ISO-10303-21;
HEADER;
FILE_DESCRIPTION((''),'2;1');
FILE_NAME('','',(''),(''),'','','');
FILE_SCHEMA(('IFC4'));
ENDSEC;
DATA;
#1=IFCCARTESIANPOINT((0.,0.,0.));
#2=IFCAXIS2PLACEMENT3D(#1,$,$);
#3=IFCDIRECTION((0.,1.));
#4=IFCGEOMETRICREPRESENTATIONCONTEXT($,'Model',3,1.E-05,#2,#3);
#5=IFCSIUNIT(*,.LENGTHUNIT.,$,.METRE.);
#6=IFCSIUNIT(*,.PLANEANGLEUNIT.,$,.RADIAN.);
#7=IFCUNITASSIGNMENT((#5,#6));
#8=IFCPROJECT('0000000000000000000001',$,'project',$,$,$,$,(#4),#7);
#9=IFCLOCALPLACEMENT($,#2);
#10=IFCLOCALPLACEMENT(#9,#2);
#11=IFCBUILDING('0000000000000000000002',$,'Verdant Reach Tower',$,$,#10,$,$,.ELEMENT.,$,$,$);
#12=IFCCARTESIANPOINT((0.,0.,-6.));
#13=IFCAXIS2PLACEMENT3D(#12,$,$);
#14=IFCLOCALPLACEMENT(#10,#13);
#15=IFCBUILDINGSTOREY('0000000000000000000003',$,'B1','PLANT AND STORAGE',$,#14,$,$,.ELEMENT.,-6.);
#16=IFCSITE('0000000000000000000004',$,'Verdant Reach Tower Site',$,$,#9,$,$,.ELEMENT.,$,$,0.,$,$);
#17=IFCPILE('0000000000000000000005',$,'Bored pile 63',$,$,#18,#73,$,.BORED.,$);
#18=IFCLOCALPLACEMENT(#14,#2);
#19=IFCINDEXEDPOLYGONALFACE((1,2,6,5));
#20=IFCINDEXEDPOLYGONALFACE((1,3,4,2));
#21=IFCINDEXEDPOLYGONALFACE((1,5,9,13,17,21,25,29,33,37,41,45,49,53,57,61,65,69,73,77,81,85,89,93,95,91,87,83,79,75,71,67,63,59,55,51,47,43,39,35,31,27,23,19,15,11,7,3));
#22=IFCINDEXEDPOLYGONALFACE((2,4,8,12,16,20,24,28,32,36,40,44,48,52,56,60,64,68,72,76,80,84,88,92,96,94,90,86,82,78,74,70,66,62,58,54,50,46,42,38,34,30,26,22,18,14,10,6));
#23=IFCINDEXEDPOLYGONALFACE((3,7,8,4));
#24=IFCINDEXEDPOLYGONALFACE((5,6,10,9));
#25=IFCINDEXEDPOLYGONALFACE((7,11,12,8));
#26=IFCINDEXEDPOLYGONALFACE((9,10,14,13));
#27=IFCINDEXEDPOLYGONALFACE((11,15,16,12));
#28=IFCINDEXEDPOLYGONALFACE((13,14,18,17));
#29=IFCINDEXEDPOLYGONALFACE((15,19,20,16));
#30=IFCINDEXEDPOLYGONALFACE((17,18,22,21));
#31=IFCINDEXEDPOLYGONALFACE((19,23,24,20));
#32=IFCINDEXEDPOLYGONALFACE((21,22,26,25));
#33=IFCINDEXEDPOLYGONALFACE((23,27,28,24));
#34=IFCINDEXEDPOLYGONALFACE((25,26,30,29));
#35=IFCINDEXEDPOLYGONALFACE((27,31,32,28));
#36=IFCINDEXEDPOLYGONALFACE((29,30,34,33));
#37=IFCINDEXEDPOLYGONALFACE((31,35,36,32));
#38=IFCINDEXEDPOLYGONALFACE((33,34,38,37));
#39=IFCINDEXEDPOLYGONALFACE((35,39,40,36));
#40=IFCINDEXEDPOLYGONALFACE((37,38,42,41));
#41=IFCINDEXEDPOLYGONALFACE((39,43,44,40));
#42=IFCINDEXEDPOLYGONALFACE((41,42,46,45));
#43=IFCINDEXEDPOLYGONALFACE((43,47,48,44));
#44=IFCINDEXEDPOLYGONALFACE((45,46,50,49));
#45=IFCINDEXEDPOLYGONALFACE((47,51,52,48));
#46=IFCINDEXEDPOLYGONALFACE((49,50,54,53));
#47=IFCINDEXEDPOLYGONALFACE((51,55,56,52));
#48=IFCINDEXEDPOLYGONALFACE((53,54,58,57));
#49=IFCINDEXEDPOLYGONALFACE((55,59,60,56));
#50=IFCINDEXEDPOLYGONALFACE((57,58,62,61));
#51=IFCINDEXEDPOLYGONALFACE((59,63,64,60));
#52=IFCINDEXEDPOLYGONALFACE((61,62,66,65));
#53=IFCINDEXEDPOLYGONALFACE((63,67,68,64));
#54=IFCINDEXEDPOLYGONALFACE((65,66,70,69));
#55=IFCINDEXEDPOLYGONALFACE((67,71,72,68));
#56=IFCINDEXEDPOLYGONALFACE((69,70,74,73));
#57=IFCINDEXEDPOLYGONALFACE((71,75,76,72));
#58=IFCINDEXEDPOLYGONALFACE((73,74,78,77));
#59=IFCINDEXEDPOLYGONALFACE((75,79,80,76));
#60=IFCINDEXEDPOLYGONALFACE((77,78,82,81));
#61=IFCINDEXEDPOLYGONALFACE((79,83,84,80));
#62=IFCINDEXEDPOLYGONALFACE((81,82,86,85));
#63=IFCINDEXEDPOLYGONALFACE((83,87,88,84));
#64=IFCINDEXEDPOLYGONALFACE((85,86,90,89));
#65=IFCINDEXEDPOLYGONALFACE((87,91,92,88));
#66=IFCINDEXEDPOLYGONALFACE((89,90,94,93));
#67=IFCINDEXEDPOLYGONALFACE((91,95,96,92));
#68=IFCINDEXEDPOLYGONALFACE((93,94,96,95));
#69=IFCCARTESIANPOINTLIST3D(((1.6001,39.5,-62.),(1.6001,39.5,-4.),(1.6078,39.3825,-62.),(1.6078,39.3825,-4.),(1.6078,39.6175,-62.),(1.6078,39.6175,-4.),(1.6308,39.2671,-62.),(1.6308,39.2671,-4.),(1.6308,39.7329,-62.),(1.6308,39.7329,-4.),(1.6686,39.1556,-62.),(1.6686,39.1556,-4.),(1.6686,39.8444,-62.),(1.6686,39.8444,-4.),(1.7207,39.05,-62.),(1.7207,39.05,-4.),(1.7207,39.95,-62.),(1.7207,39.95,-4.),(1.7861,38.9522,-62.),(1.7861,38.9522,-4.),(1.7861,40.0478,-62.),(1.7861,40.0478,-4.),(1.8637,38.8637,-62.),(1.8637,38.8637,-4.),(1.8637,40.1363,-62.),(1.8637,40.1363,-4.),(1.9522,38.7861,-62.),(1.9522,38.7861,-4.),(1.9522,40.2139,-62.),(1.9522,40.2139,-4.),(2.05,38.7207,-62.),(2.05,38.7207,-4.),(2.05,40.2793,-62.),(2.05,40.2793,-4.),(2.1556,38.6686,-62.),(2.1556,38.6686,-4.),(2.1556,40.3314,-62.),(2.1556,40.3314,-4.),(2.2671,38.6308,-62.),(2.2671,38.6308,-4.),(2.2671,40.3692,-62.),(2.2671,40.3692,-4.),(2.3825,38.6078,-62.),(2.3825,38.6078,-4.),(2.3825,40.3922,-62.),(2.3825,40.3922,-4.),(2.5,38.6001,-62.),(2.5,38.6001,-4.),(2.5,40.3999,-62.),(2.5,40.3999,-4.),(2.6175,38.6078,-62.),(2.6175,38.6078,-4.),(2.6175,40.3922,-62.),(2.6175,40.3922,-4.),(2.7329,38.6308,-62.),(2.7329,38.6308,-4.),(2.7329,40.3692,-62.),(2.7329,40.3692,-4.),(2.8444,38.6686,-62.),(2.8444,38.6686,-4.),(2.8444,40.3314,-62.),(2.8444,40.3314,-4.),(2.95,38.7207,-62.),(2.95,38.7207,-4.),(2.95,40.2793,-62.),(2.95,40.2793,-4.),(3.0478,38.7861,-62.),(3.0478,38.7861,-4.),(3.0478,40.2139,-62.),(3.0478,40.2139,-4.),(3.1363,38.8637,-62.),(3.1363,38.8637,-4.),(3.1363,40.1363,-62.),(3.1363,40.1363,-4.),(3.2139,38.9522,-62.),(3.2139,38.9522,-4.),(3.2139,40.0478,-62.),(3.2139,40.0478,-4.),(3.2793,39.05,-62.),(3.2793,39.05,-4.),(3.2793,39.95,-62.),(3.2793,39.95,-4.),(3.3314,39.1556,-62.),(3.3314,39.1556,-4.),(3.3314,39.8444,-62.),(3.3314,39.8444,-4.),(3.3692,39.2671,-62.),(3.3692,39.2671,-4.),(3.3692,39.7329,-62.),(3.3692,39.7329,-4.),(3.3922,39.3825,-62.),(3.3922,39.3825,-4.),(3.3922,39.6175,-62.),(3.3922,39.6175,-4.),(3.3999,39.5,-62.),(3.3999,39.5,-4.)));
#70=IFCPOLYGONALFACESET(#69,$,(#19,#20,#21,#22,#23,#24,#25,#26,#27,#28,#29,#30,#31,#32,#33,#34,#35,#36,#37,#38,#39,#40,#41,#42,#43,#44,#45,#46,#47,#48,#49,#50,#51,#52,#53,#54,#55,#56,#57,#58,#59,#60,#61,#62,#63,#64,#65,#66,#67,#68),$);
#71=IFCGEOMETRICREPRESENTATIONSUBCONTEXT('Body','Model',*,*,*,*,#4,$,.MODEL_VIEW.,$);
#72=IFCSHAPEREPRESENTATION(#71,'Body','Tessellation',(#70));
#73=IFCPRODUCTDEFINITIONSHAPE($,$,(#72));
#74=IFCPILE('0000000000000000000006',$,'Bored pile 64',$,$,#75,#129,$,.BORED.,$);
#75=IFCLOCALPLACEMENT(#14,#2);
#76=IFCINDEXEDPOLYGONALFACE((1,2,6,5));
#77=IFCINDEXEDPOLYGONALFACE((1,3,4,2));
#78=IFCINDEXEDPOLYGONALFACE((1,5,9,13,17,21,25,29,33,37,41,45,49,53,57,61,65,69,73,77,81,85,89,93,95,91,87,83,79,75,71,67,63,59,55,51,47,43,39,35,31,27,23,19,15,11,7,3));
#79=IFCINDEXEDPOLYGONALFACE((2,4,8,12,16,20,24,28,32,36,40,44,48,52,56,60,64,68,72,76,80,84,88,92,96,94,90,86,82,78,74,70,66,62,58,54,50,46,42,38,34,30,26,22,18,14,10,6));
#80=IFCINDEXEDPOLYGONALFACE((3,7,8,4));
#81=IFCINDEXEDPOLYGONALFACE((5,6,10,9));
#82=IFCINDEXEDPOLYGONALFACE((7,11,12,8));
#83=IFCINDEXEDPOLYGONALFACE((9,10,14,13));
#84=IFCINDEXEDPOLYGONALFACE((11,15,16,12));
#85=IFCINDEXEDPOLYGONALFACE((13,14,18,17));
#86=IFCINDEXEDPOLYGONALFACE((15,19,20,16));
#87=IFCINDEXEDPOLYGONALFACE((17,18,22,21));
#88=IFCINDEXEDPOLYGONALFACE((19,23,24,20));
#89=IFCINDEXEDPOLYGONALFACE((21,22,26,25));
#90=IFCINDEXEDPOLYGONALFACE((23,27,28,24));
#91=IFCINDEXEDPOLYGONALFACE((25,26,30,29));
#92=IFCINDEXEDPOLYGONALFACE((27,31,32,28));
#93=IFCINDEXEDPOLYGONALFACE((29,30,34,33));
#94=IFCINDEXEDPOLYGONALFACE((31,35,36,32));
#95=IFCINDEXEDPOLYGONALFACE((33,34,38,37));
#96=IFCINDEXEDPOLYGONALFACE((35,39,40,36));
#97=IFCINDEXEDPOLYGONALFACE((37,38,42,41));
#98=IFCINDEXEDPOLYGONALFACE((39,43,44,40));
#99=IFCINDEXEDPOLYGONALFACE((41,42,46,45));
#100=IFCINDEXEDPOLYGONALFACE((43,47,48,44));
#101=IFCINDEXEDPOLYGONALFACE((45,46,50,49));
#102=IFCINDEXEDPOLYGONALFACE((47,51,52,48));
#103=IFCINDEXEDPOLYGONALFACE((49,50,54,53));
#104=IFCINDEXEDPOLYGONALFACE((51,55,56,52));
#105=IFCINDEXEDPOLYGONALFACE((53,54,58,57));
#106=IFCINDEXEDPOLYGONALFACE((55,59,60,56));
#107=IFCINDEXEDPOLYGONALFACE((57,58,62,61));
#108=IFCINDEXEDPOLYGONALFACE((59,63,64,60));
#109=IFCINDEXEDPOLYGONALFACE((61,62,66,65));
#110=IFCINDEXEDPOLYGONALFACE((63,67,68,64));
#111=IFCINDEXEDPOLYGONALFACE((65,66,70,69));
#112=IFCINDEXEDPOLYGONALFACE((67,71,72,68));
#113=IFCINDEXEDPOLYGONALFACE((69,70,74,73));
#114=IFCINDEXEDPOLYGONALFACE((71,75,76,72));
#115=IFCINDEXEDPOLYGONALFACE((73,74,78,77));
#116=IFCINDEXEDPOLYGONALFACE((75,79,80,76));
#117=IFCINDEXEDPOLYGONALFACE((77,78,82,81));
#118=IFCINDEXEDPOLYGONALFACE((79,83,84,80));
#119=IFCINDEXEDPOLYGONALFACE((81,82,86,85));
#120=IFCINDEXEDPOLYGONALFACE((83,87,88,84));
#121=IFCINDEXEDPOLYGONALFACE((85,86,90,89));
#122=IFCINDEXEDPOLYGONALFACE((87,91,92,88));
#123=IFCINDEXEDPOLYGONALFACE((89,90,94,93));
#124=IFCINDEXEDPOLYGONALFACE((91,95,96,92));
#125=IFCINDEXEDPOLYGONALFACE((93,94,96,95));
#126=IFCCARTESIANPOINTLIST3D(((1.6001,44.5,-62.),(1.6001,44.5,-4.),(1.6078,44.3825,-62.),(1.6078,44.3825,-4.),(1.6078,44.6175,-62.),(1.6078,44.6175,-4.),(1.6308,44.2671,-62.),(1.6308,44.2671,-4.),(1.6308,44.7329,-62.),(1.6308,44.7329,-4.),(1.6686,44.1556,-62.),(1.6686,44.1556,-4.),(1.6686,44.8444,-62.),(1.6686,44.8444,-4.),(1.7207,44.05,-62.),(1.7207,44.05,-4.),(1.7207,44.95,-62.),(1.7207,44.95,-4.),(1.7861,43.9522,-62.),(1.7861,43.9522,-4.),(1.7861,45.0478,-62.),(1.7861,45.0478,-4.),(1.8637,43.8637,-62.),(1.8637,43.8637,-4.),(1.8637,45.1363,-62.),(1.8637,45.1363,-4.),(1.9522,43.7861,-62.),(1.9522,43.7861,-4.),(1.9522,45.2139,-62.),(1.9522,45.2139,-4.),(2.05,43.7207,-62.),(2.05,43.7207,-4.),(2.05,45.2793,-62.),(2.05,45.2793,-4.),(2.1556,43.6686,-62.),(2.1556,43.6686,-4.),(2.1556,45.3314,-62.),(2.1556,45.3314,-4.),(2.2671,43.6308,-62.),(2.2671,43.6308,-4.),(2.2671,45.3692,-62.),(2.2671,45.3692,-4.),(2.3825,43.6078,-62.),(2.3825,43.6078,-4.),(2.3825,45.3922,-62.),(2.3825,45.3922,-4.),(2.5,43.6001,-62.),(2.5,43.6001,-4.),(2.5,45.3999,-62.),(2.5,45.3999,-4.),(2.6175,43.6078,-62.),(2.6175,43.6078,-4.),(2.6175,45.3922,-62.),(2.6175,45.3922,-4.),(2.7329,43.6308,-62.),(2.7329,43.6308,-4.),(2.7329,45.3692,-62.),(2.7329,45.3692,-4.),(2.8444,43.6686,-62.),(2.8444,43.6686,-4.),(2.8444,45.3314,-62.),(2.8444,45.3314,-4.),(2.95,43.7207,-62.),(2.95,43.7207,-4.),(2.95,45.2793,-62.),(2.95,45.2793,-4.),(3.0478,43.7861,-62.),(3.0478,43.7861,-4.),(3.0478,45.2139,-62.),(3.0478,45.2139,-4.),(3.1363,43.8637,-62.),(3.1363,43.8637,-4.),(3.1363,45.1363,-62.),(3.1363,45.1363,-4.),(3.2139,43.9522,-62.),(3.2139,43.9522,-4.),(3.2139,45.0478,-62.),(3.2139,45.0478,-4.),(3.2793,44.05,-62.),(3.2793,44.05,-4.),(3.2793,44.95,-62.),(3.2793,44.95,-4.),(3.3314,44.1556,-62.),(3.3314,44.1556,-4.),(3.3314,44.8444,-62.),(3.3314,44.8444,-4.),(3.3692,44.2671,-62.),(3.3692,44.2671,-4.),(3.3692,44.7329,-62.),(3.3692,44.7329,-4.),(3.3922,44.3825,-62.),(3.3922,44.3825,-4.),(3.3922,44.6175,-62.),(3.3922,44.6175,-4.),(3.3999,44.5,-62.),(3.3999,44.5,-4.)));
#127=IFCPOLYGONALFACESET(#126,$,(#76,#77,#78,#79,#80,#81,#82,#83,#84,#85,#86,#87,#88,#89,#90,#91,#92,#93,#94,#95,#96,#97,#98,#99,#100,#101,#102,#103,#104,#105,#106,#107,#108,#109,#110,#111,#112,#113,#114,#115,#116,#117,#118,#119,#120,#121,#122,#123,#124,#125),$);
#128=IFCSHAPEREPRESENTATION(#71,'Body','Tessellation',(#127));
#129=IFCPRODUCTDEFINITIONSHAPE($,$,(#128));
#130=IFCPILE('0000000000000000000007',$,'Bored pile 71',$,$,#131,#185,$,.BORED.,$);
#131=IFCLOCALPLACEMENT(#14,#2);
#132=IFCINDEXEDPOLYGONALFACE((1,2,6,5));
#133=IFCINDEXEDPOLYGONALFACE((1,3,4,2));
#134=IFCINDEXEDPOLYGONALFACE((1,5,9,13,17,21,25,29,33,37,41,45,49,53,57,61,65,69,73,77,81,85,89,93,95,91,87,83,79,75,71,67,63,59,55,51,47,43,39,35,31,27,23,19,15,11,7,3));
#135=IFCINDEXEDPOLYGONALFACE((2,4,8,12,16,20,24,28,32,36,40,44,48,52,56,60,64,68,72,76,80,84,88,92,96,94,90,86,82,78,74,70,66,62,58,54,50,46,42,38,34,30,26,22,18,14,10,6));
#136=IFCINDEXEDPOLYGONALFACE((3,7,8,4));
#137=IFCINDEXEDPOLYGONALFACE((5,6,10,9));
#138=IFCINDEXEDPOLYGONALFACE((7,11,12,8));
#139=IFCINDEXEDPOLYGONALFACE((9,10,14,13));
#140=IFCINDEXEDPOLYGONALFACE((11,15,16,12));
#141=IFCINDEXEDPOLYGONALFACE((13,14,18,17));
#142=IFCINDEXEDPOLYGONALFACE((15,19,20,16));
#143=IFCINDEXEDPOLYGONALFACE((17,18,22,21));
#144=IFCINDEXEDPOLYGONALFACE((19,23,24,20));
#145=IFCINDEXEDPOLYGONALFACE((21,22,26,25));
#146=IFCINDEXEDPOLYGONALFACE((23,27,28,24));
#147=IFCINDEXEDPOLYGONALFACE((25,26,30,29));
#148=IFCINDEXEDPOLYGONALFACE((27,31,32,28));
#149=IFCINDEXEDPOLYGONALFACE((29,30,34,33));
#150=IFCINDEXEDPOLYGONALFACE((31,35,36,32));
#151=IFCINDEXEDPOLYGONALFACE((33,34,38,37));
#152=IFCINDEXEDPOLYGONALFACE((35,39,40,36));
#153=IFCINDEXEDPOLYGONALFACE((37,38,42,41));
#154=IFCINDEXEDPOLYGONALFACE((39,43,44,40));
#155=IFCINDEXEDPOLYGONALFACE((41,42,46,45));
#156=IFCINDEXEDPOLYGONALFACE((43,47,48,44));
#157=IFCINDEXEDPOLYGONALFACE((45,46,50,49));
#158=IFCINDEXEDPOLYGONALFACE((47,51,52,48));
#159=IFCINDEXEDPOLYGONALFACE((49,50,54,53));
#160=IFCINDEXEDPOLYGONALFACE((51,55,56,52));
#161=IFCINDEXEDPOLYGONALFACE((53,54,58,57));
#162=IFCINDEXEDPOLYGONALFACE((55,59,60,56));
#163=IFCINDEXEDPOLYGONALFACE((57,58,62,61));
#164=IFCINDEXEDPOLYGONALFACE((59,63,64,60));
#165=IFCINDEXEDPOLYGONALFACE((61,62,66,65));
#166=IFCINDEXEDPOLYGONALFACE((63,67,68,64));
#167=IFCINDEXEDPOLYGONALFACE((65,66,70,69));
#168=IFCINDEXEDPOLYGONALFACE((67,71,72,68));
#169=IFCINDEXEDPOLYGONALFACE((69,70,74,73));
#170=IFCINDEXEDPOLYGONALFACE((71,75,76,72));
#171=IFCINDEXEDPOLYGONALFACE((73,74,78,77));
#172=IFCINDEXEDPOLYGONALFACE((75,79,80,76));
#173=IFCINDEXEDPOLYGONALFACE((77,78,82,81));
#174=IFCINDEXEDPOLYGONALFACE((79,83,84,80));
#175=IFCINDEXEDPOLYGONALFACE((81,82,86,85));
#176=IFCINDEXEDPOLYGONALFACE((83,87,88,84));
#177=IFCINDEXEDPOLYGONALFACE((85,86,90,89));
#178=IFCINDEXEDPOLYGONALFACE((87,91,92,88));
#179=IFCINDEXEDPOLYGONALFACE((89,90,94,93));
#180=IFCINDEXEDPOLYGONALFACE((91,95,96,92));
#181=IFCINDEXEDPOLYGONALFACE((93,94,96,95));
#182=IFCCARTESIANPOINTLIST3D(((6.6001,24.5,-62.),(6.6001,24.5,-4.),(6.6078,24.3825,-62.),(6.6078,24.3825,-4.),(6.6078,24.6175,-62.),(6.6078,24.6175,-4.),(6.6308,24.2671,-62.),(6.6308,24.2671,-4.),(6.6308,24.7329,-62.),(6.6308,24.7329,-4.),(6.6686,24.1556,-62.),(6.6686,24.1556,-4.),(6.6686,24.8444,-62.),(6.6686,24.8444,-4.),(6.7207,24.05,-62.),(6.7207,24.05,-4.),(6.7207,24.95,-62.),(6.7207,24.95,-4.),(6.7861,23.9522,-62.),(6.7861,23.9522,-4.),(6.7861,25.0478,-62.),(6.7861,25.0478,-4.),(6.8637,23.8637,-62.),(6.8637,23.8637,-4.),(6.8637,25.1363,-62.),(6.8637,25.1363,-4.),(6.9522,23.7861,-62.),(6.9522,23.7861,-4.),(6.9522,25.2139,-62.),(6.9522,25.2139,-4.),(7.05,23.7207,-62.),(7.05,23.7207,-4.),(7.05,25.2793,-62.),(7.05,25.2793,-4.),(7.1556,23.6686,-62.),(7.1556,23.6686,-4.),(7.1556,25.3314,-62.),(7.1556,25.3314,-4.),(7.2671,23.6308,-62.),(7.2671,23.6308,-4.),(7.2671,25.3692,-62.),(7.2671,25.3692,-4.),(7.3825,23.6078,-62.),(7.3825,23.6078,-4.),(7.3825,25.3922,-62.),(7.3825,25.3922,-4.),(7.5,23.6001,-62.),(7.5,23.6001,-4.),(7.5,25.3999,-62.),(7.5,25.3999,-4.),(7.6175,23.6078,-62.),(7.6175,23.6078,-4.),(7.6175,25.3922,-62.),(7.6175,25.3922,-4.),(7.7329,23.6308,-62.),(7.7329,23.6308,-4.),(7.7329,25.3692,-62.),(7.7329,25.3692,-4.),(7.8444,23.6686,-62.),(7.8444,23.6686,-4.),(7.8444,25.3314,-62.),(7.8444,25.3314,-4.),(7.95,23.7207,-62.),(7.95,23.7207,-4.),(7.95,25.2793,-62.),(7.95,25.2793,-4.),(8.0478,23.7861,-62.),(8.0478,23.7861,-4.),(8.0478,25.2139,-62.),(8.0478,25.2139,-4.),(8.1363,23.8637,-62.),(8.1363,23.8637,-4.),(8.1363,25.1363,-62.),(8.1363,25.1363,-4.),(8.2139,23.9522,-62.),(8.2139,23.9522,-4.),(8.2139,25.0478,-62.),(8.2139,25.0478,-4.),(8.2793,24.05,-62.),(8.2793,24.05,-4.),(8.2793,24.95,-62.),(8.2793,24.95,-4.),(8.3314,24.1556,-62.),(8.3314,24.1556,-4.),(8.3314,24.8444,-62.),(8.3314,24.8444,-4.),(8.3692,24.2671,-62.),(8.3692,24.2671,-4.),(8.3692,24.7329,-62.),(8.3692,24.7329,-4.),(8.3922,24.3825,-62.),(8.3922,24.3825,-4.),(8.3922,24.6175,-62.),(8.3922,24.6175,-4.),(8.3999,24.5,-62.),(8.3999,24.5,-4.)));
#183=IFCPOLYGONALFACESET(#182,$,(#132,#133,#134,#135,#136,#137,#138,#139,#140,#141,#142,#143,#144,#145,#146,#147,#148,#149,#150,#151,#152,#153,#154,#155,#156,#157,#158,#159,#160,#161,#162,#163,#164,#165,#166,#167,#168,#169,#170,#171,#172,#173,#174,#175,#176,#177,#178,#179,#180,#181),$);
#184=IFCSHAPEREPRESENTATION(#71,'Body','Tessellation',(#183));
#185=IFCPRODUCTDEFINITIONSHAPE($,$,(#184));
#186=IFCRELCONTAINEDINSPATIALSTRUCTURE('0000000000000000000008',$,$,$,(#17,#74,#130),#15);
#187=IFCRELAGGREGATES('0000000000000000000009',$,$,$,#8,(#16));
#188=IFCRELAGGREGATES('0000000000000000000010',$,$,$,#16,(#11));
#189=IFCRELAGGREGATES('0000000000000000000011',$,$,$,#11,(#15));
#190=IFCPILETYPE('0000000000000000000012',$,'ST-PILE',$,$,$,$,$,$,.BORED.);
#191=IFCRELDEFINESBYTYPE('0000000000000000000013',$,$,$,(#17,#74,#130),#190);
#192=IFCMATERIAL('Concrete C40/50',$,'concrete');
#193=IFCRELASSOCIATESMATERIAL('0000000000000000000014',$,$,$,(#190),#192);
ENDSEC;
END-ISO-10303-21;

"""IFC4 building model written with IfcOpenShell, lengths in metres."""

from ifc_helpers import new_model, si_unit, direction, frame, origin, origin_2d, place, context, subcontext, project, spatial, circle, extrude, material, material_profile, profile_set, type_object, element, save


model = new_model("IFC4")

# Units and contexts
model_context = context("Model", 3, precision=1e-05, world=origin(), true_north=direction((0.0, 1.0)))
body_context = subcontext(model_context, "Body", "Model", "MODEL_VIEW")
ifc_project = project(units=[si_unit("LENGTHUNIT", "METRE"), si_unit("PLANEANGLEUNIT", "RADIAN")], contexts=[model_context])

# Site, building, storey
site_placement = place(None, origin())
site = spatial("IfcSite", under=ifc_project, at=site_placement, Name="Verdant Reach Tower Site", CompositionType="ELEMENT", RefElevation=0.0)
building_placement = place(site_placement, origin())
building = spatial("IfcBuilding", under=site, at=building_placement, Name="Verdant Reach Tower", CompositionType="ELEMENT")
storey_placement = place(building_placement, frame((0.0, 0.0, -6.0)))
storey = spatial("IfcBuildingStorey", under=building, at=storey_placement, Name="B1", Description="PLANT AND STORAGE", CompositionType="ELEMENT", Elevation=-6.0)

# Piles
ifc_material_1 = material(Name="Concrete C40/50", Category="concrete")
ifc_material_profile_1 = material_profile(ifc_material_1, circle(Radius=0.8999, at=origin_2d()), Name="BP 1800")
ifc_profile_set_1 = profile_set([ifc_material_profile_1], Name="Concrete C40/50")
pile_type = type_object("IfcPileType", Name="ST-PILE", PredefinedType="BORED", material=ifc_profile_set_1)
for number, where, z_axis, x_axis, name in (
    (1, (2.5, 39.5, -4.0), (0.0, 0.0, -1.0), (1.0, 0.0, 0.0), "Bored pile 63"),
    (2, (2.5, 44.5, -4.0), (0.0, 0.0, -1.0), (1.0, 0.0, 0.0), "Bored pile 64"),
    (3, (7.5, 24.5, -4.0), (0.0, 0.0, -1.0), (1.0, 0.0, 0.0), "Bored pile 71"),
):
    element("IfcPile", number, at=place(storey_placement, frame(where, z_axis=z_axis, x_axis=x_axis)), inside=storey, type_object=pile_type, Name=name, PredefinedType="BORED", context=body_context, shape_type="SweptSolid", body=[
        extrude(circle(Radius=0.8999, at=origin_2d()), origin(), (0.0, 0.0, 1.0), 58.0),
    ])

save(model, "model.ifc")
